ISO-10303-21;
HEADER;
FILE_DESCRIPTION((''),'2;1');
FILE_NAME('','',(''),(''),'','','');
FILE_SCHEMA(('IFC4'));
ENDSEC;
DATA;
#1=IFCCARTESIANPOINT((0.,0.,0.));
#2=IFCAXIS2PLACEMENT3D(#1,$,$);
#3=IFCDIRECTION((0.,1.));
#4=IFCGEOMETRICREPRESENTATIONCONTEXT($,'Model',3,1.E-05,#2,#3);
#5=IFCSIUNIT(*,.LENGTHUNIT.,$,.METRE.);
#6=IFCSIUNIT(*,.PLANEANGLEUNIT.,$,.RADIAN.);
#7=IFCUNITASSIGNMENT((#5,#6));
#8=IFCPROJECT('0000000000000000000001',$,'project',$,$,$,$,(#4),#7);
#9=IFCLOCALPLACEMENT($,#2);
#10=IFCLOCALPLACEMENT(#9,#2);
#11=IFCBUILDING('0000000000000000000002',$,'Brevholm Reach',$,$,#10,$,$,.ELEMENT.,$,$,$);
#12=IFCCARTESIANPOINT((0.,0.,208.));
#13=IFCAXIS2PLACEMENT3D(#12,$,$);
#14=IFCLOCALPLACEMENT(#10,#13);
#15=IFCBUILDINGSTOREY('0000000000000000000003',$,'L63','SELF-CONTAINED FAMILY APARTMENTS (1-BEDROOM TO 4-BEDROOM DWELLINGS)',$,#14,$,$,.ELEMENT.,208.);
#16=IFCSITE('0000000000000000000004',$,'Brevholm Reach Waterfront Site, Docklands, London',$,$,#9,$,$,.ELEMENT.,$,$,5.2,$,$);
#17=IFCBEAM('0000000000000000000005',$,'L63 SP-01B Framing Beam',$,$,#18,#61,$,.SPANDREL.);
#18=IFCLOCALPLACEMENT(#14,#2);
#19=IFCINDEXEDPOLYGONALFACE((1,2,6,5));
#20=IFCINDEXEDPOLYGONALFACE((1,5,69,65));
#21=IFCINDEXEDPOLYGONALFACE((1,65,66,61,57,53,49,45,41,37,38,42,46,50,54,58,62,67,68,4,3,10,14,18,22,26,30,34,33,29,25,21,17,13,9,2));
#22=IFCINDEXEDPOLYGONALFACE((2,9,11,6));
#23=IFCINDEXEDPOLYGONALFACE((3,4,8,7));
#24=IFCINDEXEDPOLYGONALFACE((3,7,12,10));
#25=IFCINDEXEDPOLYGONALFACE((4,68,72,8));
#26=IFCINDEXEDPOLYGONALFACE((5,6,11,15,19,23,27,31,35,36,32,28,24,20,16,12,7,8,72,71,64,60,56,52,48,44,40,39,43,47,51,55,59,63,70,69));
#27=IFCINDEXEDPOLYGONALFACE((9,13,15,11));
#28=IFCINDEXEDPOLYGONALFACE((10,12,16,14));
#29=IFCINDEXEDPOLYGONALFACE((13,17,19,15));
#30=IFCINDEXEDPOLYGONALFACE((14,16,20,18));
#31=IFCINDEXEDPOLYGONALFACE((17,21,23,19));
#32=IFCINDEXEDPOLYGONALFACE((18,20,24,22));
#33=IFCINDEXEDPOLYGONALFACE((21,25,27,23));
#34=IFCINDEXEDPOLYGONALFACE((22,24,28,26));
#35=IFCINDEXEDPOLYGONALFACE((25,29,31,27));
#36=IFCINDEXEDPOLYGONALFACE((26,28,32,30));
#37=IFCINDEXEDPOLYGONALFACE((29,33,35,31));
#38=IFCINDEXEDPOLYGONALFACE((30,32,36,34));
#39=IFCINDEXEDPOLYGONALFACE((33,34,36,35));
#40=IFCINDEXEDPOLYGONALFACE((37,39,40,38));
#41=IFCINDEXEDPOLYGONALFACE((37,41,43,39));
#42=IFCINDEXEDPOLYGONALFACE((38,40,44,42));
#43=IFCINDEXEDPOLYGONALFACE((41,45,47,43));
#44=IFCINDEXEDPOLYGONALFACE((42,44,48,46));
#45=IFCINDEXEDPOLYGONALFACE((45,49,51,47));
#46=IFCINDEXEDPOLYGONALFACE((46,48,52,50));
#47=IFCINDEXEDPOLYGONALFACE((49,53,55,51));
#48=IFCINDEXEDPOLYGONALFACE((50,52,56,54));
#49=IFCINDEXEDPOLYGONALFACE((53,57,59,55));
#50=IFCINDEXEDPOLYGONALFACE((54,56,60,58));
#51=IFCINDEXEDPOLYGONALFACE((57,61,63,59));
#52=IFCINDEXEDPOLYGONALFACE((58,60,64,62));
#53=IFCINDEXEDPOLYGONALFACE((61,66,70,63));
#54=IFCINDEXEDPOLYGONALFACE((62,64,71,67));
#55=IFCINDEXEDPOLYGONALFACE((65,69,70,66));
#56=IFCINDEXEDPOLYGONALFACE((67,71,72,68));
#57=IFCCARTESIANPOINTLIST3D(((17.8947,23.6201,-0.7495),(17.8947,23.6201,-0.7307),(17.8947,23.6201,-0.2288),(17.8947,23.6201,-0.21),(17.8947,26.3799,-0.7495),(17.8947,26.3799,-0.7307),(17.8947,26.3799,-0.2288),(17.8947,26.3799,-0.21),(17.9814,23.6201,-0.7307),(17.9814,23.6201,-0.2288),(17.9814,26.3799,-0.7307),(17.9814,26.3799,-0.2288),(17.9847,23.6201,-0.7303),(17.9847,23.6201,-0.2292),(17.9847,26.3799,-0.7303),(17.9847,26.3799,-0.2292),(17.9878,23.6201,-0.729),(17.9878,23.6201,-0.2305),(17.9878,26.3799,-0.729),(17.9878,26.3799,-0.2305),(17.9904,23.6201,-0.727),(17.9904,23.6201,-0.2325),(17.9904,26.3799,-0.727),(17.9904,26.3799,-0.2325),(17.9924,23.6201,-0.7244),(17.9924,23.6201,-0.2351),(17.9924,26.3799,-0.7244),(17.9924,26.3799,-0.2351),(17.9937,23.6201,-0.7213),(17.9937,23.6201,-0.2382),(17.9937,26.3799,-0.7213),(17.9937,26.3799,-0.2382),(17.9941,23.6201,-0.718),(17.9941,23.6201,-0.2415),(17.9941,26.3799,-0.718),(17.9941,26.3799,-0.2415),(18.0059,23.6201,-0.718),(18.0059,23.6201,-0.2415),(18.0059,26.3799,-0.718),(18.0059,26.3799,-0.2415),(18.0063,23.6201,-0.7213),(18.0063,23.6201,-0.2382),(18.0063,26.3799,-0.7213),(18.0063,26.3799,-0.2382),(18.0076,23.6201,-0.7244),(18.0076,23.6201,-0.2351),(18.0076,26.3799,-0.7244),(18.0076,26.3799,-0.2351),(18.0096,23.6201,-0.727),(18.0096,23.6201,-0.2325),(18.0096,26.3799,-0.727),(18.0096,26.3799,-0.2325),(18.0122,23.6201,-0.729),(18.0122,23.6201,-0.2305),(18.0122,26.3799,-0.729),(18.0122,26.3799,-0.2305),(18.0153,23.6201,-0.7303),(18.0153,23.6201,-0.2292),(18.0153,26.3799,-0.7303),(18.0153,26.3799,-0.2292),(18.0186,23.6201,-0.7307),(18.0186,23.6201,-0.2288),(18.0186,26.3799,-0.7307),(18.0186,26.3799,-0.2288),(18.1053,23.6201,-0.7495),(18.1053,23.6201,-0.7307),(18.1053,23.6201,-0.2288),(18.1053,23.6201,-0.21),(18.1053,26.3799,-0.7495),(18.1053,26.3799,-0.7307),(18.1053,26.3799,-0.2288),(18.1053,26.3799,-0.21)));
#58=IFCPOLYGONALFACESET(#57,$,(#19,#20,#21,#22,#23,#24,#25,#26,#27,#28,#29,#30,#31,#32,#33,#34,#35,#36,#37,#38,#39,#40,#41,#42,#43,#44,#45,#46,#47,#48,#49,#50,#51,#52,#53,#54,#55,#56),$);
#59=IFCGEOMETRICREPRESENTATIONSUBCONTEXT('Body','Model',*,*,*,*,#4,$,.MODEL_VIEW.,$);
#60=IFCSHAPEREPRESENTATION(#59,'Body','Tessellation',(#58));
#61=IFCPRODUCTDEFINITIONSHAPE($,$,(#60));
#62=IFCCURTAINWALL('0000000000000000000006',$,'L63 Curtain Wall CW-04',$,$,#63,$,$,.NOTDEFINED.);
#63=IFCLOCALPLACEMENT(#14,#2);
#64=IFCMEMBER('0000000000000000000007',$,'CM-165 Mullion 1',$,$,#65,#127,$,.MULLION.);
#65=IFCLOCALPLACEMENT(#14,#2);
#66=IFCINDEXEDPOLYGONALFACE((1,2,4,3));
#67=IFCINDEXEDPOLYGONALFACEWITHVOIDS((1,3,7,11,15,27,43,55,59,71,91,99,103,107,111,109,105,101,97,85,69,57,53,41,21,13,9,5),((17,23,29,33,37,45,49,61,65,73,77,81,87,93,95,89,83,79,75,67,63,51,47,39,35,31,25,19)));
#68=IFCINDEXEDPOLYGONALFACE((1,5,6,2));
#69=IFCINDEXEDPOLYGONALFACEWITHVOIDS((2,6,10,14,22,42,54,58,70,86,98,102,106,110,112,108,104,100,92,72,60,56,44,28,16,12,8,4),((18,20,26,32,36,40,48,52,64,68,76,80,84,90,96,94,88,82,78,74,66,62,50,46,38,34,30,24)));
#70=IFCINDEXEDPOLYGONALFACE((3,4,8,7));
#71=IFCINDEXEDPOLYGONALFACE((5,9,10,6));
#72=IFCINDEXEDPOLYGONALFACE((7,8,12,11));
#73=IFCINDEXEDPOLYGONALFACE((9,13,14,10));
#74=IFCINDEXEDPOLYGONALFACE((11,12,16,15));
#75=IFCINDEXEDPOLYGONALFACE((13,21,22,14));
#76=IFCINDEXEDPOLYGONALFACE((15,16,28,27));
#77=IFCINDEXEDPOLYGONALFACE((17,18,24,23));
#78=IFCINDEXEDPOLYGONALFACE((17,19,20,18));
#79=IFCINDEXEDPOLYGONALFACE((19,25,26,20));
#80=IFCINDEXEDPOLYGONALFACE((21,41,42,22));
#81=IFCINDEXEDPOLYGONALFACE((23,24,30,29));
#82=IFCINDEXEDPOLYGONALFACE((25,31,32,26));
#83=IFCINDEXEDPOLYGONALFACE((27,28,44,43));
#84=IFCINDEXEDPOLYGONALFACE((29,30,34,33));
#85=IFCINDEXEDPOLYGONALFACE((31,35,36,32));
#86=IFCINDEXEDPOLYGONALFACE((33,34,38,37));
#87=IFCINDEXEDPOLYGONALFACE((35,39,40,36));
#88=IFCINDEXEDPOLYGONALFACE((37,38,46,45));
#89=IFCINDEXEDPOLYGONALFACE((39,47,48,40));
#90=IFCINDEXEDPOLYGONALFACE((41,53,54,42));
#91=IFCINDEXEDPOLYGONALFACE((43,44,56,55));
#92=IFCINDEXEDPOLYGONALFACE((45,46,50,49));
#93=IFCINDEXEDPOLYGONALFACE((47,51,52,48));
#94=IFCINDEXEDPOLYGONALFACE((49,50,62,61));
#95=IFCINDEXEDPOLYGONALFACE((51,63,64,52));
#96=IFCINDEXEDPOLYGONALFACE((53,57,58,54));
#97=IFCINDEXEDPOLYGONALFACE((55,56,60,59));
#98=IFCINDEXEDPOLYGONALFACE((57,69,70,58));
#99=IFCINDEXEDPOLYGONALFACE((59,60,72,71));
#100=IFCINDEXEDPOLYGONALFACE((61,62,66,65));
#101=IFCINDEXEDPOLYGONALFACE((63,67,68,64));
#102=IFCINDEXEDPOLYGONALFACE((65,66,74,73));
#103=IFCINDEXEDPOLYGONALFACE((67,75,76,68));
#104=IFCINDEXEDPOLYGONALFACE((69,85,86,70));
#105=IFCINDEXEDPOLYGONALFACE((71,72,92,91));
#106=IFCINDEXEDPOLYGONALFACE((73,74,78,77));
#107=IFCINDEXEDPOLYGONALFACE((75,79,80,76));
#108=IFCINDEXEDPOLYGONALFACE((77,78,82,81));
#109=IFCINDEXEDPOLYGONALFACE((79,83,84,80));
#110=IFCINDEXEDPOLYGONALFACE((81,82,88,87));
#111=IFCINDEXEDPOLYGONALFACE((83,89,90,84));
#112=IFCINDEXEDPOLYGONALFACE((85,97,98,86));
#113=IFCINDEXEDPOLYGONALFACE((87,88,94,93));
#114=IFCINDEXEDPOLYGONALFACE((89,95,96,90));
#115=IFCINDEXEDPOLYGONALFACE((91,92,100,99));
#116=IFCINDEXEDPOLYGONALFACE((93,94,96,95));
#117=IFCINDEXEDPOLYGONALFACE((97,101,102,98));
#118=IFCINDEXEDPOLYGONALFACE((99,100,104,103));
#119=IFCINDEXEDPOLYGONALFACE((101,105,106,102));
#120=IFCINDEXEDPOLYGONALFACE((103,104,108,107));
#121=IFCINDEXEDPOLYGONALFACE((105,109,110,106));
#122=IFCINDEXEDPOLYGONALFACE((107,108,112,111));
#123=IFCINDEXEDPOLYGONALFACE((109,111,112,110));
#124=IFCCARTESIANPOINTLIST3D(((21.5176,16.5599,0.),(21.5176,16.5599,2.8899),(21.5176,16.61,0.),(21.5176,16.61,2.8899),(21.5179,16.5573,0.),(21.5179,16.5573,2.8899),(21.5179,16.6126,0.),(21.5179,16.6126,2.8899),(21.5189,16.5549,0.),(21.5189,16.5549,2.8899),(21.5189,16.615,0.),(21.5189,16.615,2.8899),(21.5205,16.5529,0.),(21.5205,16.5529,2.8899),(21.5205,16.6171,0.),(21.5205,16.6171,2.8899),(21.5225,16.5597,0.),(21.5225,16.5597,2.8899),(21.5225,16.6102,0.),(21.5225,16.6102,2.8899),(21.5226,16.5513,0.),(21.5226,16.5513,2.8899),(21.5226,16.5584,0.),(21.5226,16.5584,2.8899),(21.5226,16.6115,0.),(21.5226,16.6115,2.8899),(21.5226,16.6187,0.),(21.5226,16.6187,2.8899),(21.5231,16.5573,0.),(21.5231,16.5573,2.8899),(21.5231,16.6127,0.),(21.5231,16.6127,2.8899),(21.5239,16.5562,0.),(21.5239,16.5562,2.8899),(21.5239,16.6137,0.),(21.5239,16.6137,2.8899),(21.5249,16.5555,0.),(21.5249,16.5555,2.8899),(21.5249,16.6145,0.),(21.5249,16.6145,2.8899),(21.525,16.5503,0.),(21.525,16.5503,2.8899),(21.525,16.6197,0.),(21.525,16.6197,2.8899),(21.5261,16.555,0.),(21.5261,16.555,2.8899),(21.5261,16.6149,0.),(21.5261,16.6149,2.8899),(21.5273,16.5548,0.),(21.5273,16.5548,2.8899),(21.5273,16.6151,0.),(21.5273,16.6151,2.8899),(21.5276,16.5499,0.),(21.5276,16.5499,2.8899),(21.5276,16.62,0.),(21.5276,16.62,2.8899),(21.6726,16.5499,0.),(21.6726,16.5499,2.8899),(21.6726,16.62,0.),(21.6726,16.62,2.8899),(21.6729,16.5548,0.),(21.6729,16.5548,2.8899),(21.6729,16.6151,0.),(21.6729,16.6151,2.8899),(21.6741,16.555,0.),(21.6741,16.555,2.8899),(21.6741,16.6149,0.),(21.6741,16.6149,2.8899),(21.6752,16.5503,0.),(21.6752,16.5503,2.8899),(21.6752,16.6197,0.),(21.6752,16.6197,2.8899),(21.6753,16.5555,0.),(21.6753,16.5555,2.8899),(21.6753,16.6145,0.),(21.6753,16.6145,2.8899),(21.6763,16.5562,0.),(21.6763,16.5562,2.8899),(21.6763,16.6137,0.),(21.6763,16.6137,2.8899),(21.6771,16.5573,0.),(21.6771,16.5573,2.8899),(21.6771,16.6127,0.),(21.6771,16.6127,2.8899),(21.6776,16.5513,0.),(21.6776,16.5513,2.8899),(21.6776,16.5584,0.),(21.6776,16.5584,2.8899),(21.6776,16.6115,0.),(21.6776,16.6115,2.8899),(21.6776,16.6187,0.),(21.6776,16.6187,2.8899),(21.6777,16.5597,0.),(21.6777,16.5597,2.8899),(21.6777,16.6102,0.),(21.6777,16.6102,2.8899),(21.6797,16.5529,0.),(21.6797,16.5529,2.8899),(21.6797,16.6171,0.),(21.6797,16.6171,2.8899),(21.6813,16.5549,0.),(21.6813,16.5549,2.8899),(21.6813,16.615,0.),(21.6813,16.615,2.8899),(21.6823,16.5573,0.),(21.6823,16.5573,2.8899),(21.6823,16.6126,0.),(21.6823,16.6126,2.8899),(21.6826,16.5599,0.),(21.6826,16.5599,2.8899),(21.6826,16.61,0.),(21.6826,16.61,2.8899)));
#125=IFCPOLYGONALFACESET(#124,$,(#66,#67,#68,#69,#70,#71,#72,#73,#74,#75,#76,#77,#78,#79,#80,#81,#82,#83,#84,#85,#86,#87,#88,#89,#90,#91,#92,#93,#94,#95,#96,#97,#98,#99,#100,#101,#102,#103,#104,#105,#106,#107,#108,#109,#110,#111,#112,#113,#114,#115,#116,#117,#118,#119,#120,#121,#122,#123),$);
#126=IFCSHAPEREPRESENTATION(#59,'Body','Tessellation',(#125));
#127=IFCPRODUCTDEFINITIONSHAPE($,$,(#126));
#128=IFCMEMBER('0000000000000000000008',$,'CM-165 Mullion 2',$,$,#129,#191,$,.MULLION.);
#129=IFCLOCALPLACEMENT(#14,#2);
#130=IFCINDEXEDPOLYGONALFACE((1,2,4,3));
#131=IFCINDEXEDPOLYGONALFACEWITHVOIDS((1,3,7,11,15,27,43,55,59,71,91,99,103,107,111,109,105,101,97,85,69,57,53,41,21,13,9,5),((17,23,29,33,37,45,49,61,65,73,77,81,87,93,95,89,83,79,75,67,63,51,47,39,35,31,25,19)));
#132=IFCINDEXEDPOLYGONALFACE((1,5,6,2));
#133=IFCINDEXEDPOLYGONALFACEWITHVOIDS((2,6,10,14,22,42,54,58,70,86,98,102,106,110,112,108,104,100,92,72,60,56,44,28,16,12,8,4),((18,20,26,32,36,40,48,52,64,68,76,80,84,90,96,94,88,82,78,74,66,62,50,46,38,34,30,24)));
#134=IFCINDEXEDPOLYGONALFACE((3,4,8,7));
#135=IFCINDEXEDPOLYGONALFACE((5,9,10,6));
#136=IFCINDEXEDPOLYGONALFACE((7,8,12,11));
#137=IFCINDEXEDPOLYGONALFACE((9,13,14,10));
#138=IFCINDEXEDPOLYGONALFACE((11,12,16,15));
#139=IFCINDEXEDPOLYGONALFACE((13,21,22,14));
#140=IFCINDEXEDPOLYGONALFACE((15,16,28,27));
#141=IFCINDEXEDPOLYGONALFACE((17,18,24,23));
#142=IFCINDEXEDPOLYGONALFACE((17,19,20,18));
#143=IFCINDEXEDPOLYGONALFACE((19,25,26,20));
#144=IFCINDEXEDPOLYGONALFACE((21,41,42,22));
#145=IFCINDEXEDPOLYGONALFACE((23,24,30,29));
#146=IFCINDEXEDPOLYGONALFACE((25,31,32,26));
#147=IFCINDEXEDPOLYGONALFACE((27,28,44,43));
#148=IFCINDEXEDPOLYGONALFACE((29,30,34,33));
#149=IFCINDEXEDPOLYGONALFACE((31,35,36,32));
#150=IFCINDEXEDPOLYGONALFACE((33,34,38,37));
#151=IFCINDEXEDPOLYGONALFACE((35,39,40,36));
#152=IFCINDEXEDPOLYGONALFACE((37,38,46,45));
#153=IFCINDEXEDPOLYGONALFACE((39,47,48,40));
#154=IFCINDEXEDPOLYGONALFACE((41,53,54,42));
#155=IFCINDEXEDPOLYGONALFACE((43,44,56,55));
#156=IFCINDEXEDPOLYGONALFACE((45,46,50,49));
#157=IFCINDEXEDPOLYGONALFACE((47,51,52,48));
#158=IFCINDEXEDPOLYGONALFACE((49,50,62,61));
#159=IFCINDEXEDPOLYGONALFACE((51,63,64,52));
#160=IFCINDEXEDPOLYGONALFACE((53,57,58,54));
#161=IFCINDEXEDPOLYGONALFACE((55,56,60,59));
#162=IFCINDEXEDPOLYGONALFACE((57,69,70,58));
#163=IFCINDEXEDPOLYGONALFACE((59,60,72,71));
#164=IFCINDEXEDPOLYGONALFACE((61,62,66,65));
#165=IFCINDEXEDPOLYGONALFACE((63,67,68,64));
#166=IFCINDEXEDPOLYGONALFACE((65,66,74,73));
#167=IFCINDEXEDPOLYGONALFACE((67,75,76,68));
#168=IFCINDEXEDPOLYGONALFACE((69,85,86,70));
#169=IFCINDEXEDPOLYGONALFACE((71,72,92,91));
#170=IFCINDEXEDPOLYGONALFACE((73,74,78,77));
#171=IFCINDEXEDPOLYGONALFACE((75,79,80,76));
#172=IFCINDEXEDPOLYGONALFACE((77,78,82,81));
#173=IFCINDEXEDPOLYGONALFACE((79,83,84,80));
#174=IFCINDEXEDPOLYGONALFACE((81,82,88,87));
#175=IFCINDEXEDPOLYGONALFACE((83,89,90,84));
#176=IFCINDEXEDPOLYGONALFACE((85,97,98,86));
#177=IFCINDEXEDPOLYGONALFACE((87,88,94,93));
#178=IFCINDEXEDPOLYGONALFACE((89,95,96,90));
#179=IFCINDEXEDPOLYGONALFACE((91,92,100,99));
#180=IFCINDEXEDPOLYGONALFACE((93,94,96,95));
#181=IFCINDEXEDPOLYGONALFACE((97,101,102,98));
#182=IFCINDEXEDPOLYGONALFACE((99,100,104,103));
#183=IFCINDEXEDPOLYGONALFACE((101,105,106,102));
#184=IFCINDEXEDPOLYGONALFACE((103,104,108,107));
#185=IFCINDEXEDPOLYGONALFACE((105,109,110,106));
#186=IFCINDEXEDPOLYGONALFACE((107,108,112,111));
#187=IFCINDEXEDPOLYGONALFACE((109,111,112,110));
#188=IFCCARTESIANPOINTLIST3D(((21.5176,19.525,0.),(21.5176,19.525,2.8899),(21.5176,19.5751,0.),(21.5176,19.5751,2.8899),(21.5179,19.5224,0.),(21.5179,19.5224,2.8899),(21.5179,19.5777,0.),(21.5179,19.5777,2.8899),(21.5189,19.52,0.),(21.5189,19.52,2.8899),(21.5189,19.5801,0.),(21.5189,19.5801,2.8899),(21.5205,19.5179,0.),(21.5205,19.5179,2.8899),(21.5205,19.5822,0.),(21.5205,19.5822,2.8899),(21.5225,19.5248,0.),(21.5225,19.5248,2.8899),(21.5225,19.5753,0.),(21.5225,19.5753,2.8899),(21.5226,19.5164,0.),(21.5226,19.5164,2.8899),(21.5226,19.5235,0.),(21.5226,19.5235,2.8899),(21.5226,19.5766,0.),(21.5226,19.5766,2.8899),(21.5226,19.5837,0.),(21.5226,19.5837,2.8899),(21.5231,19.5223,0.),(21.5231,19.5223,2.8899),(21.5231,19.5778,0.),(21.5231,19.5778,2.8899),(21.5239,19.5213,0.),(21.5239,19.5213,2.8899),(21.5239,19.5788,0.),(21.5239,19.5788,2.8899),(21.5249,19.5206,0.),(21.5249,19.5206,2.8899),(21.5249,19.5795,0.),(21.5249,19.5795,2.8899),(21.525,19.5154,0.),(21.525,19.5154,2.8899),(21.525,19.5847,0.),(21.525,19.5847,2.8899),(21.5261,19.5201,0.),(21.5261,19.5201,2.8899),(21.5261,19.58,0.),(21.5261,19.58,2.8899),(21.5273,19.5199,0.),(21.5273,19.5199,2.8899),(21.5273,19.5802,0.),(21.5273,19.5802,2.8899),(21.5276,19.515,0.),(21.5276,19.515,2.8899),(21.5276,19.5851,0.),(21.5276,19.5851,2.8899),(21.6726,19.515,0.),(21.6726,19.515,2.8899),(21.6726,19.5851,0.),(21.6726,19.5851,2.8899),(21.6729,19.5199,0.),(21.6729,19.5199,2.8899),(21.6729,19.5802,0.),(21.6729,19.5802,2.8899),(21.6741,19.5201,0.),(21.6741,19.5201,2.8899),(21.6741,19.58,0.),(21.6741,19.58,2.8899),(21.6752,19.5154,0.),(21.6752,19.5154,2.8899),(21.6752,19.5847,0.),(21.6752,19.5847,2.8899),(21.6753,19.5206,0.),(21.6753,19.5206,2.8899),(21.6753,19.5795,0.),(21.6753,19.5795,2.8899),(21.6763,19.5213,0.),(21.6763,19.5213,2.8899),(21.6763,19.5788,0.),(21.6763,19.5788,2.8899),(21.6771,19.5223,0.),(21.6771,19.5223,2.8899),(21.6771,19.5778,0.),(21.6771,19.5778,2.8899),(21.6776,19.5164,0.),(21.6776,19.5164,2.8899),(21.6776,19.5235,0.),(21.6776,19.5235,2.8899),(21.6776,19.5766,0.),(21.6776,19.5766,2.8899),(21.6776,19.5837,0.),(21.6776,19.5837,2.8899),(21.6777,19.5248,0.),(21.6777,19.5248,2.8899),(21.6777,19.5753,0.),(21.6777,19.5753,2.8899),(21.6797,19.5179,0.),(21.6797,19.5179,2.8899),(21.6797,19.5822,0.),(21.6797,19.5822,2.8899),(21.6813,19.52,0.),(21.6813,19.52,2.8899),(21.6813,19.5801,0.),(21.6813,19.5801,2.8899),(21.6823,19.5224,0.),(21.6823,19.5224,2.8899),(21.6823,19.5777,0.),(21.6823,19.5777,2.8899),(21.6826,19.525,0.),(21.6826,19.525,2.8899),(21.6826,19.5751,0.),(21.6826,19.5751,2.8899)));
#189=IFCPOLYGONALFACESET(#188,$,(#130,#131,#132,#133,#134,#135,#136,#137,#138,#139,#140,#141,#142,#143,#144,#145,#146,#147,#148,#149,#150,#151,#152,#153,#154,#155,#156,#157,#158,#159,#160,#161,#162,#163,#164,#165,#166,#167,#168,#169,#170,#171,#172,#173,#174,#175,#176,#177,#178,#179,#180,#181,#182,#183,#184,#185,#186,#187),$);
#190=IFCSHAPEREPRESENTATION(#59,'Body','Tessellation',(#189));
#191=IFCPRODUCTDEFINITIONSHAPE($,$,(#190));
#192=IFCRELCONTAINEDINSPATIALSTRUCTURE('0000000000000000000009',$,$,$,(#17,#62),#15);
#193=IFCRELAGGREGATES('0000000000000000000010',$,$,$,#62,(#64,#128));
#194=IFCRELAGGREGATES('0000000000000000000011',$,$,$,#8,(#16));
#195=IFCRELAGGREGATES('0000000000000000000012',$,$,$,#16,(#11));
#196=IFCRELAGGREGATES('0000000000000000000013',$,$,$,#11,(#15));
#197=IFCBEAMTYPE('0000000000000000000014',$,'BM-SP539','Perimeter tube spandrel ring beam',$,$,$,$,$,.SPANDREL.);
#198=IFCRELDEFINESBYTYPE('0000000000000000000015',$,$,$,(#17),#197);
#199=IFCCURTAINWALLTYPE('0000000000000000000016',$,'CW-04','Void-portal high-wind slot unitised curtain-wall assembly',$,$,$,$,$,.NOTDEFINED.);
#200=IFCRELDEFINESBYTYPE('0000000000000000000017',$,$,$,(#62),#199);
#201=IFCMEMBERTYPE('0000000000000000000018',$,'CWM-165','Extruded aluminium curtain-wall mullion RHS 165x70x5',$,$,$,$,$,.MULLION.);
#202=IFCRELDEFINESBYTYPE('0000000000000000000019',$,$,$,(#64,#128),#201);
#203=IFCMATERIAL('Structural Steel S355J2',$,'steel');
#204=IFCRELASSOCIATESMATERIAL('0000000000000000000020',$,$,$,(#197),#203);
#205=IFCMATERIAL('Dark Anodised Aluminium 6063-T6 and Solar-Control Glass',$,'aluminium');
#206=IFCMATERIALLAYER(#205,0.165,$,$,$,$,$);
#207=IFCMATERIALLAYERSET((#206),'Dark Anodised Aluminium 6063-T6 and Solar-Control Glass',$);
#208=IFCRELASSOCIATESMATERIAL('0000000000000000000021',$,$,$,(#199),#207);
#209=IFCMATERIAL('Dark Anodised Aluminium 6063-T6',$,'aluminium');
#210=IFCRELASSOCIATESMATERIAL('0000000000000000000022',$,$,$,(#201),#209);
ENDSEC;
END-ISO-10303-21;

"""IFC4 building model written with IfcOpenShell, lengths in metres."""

from ifc_helpers import new_model, si_unit, direction, frame, origin, origin_2d, place, context, subcontext, project, spatial, hollow_rectangle, i_section, extrude, material, layer, layer_set, material_profile, profile_set, type_object, element, aggregate, save


model = new_model("IFC4")

# Units and contexts
model_context = context("Model", 3, precision=1e-05, world=origin(), true_north=direction((0.0, 1.0)))
body_context = subcontext(model_context, "Body", "Model", "MODEL_VIEW")
ifc_project = project(units=[si_unit("LENGTHUNIT", "METRE"), si_unit("PLANEANGLEUNIT", "RADIAN")], contexts=[model_context])

# Site, building, storey
site_placement = place(None, origin())
site = spatial("IfcSite", under=ifc_project, at=site_placement, Name="Brevholm Reach Waterfront Site, Docklands, London", CompositionType="ELEMENT", RefElevation=5.2)
building_placement = place(site_placement, origin())
building = spatial("IfcBuilding", under=site, at=building_placement, Name="Brevholm Reach", CompositionType="ELEMENT")
storey_placement = place(building_placement, frame((0.0, 0.0, 208.0)))
storey = spatial("IfcBuildingStorey", under=building, at=storey_placement, Name="L63", Description="SELF-CONTAINED FAMILY APARTMENTS (1-BEDROOM TO 4-BEDROOM DWELLINGS)", CompositionType="ELEMENT", Elevation=208.0)

# Beam
ifc_material_1 = material(Name="Structural Steel S355J2", Category="steel")
ifc_material_profile_1 = material_profile(ifc_material_1, i_section(OverallWidth=0.2107, OverallDepth=0.5396, WebThickness=0.0117, FlangeThickness=0.0188, FilletRadius=0.0127, at=origin_2d()), Name="UKB 533x210x109")
ifc_profile_set_1 = profile_set([ifc_material_profile_1], Name="Structural Steel S355J2")
beam_type_1 = type_object("IfcBeamType", Name="BM-SP539", Description="Perimeter tube spandrel ring beam", PredefinedType="SPANDREL", material=ifc_profile_set_1)
beam_1_placement = place(storey_placement, frame((18.0, 23.6201, -0.4797), z_axis=(0.0, 1.0, 0.0), x_axis=(-1.0, 0.0, 0.0)))
element("IfcBeam", 1, at=beam_1_placement, inside=storey, type_object=beam_type_1, Name="L63 SP-01B Framing Beam", PredefinedType="SPANDREL", context=body_context, shape_type="SweptSolid", body=[
    extrude(i_section(OverallWidth=0.2107, OverallDepth=0.5396, WebThickness=0.0117, FlangeThickness=0.0188, FilletRadius=0.0127, at=origin_2d()), origin(), (0.0, 0.0, 1.0), 2.7598),
])

# Curtain wall, members
ifc_material_2 = material(Name="Dark Anodised Aluminium 6063-T6 and Solar-Control Glass", Category="aluminium")
ifc_layer_1 = layer(ifc_material_2, 0.165)
ifc_layer_set_1 = layer_set([ifc_layer_1], Name="Dark Anodised Aluminium 6063-T6 and Solar-Control Glass")
curtain_wall_type = type_object("IfcCurtainWallType", Name="CW-04", Description="Void-portal high-wind slot unitised curtain-wall assembly", PredefinedType="NOTDEFINED", material=ifc_layer_set_1)
curtain_wall_placement = place(storey_placement, origin())
curtain_wall = element("IfcCurtainWall", 2, at=curtain_wall_placement, inside=storey, type_object=curtain_wall_type, Name="L63 Curtain Wall CW-04", PredefinedType="NOTDEFINED")
ifc_material_3 = material(Name="Dark Anodised Aluminium 6063-T6", Category="aluminium")
ifc_material_profile_2 = material_profile(ifc_material_3, hollow_rectangle(XDim=0.0701, YDim=0.165, WallThickness=0.0049, InnerFilletRadius=0.0049, OuterFilletRadius=0.01, at=origin_2d()), Name="RHS 165x70x5")
ifc_profile_set_2 = profile_set([ifc_material_profile_2], Name="Dark Anodised Aluminium 6063-T6")
member_type_1 = type_object("IfcMemberType", Name="CWM-165", Description="Extruded aluminium curtain-wall mullion RHS 165x70x5", PredefinedType="MULLION", material=ifc_profile_set_2)
member_1_placement = place(storey_placement, frame((21.6001, 16.585, 0.0), z_axis=(0.0, 0.0, 1.0), x_axis=(0.0, 1.0, 0.0)))
member_1 = element("IfcMember", 3, at=member_1_placement, type_object=member_type_1, Name="CM-165 Mullion 1", PredefinedType="MULLION", context=body_context, shape_type="SweptSolid", body=[
    extrude(hollow_rectangle(XDim=0.0701, YDim=0.165, WallThickness=0.0049, InnerFilletRadius=0.0049, OuterFilletRadius=0.01, at=origin_2d()), origin(), (0.0, 0.0, 1.0), 2.8899),
])
member_2_placement = place(storey_placement, frame((21.6001, 19.55, 0.0), z_axis=(0.0, 0.0, 1.0), x_axis=(0.0, 1.0, 0.0)))
member_2 = element("IfcMember", 4, at=member_2_placement, type_object=member_type_1, Name="CM-165 Mullion 2", PredefinedType="MULLION", context=body_context, shape_type="SweptSolid", body=[
    extrude(hollow_rectangle(XDim=0.0701, YDim=0.165, WallThickness=0.0049, InnerFilletRadius=0.0049, OuterFilletRadius=0.01, at=origin_2d()), origin(), (0.0, 0.0, 1.0), 2.8899),
])
aggregate(curtain_wall, [member_1, member_2])

save(model, "model.ifc")
